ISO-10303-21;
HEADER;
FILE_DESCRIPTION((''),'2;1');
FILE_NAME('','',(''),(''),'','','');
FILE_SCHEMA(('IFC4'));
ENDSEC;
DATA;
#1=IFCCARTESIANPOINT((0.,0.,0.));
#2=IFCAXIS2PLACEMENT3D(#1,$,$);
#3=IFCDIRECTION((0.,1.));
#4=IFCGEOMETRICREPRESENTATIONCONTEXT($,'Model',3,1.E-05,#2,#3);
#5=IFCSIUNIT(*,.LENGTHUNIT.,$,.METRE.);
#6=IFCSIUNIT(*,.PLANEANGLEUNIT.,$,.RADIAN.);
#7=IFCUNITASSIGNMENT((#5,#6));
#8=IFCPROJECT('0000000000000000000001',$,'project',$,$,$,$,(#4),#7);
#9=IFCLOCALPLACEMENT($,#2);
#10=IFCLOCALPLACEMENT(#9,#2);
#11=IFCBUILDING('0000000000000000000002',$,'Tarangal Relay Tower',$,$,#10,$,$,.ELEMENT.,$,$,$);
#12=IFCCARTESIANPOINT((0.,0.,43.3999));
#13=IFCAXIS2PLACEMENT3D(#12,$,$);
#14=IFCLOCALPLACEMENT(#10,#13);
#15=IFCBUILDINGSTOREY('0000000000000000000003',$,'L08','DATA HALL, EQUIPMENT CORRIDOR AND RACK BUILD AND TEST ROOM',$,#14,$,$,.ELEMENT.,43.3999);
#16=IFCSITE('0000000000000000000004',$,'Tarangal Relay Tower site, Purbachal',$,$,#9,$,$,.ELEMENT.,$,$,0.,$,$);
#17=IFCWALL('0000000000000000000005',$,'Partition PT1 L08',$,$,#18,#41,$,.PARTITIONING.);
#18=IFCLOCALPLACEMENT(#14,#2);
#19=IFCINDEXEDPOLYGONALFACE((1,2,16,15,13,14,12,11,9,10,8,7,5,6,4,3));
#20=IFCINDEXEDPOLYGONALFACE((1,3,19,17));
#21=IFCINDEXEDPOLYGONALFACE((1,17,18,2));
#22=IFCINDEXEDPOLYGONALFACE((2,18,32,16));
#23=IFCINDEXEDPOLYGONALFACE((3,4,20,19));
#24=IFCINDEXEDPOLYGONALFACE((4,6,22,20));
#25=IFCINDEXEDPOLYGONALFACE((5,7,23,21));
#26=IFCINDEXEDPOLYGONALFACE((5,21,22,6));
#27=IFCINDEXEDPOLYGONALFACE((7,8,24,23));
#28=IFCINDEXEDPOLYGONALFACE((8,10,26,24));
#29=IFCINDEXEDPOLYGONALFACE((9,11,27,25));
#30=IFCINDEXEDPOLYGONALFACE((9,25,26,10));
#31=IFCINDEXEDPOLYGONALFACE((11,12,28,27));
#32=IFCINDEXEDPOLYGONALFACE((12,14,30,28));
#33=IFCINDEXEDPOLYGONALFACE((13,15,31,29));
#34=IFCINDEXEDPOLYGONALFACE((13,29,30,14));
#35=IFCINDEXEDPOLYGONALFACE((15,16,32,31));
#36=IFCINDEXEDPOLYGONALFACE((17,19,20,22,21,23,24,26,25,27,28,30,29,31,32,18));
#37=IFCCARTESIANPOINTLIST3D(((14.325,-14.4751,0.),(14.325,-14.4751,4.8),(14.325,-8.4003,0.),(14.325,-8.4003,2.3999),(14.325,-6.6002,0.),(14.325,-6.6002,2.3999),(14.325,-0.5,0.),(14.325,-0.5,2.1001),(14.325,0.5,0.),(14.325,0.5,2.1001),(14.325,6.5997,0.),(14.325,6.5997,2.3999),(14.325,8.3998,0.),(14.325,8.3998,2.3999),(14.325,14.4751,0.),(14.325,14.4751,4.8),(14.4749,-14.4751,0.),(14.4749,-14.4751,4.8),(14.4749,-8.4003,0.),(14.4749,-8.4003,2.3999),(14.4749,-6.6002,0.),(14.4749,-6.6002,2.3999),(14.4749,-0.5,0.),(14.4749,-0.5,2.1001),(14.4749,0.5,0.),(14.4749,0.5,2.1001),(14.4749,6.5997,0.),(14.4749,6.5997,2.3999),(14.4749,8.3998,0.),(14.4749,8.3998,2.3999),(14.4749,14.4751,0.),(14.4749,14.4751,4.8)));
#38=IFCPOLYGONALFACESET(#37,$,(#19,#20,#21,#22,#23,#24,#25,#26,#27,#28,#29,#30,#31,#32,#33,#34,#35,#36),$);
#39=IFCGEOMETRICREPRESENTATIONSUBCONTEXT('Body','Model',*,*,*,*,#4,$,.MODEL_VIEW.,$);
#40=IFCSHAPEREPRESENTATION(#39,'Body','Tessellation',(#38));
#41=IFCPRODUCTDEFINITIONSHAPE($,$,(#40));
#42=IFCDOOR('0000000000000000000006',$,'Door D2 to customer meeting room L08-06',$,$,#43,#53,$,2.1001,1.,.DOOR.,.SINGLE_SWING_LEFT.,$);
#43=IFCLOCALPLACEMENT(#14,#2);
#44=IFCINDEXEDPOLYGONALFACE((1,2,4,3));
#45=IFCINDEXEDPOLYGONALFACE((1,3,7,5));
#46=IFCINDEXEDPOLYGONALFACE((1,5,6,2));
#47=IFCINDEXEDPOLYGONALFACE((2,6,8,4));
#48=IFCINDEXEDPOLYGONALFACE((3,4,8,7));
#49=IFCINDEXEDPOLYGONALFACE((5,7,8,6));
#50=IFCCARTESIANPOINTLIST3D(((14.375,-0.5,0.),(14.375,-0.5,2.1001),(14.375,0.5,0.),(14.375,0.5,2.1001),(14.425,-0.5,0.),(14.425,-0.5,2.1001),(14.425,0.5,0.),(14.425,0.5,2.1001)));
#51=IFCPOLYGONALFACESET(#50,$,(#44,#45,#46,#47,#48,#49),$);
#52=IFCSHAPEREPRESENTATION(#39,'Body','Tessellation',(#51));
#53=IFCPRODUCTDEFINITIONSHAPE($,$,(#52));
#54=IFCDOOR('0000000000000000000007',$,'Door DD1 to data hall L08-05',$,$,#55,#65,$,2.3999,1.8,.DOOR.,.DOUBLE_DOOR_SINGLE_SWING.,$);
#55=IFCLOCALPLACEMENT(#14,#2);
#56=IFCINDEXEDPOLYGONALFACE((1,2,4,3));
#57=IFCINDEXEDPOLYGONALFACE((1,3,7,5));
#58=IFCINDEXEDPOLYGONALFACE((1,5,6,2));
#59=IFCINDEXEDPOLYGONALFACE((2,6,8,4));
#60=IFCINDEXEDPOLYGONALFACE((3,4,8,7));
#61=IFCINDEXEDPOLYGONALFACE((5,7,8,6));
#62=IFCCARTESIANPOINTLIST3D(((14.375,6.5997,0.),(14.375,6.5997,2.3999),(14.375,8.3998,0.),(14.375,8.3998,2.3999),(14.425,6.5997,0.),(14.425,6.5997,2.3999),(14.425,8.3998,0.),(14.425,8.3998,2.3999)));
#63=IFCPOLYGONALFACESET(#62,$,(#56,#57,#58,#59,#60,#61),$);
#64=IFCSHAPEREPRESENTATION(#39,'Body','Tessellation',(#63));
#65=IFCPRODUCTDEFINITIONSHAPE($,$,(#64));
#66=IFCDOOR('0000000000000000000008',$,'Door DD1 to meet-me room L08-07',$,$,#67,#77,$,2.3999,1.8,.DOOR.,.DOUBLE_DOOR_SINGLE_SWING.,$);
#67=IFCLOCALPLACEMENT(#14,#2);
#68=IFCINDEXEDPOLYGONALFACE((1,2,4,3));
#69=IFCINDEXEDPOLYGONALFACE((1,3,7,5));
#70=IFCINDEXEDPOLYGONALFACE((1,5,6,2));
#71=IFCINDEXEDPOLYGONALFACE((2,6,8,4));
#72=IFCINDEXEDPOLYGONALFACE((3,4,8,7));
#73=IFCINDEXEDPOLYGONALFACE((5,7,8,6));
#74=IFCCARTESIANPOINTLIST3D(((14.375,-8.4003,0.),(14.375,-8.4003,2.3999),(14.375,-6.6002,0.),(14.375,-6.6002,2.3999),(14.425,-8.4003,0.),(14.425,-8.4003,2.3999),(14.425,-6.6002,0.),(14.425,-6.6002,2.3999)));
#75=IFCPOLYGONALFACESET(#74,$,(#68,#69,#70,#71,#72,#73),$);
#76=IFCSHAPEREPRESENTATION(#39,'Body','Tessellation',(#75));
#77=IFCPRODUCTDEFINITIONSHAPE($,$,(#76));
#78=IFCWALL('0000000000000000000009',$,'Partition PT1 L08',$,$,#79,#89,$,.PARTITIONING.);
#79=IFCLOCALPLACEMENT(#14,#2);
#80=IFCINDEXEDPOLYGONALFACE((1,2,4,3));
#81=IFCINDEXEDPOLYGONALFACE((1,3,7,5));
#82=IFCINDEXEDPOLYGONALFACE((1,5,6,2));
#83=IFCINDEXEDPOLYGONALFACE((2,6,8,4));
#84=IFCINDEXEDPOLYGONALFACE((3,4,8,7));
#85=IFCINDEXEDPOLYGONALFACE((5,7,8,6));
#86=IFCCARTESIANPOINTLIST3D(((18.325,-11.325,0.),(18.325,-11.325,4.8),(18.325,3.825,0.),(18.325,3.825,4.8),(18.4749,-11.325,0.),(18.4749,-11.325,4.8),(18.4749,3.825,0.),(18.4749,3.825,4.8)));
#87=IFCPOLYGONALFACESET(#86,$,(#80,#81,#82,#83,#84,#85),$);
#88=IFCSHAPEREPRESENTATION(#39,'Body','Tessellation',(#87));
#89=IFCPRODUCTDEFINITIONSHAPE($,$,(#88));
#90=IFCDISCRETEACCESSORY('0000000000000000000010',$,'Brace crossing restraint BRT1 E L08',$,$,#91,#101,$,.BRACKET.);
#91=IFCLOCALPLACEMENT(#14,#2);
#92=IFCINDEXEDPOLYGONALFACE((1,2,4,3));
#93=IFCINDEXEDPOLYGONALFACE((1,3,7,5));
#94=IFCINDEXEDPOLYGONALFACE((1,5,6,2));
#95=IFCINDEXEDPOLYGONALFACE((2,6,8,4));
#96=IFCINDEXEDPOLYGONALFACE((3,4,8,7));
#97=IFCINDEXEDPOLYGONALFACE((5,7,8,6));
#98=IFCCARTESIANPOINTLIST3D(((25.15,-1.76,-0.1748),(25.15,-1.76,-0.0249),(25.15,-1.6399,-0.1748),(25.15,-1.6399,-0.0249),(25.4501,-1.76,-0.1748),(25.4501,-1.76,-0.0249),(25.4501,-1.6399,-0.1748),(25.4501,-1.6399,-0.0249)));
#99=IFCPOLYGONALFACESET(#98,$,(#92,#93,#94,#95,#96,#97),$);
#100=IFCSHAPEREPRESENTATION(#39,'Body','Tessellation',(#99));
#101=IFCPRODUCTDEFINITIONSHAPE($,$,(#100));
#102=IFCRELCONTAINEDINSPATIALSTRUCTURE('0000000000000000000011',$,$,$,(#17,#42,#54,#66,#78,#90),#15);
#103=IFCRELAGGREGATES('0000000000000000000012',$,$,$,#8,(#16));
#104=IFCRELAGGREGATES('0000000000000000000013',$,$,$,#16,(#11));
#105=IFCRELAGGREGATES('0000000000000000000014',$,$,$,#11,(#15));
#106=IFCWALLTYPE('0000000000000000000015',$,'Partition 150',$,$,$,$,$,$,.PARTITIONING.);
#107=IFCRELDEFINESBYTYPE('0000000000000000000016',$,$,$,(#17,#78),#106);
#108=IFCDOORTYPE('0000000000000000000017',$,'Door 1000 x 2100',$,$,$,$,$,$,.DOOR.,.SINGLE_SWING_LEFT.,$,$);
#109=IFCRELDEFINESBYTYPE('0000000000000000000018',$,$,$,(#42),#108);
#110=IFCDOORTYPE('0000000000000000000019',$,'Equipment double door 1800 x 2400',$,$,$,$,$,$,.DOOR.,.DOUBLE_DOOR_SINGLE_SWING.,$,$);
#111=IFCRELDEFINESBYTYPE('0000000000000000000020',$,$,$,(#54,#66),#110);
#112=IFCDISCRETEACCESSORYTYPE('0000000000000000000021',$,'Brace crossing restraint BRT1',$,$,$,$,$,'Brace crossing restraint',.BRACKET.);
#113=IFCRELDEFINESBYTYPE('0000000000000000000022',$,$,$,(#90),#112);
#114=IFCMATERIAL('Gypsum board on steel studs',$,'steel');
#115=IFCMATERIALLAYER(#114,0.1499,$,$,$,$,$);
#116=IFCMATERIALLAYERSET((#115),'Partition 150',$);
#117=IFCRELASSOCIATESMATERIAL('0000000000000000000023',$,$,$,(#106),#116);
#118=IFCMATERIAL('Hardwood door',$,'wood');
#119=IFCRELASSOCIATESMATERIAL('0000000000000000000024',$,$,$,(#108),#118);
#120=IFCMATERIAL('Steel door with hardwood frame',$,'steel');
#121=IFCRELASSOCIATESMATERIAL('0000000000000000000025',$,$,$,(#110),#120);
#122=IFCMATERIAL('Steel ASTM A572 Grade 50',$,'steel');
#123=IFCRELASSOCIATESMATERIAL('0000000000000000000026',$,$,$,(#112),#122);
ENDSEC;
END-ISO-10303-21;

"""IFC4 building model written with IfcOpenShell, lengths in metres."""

from ifc_helpers import new_model, si_unit, direction, frame, frame_2d, origin, origin_2d, place, context, subcontext, project, spatial, rectangle, extrude, material, layer, layer_set, type_object, element, fill, save


model = new_model("IFC4")

# Units and contexts
model_context = context("Model", 3, precision=1e-05, world=origin(), true_north=direction((0.0, 1.0)))
body_context = subcontext(model_context, "Body", "Model", "MODEL_VIEW")
ifc_project = project(units=[si_unit("LENGTHUNIT", "METRE"), si_unit("PLANEANGLEUNIT", "RADIAN")], contexts=[model_context])

# Site, building, storey
site_placement = place(None, origin())
site = spatial("IfcSite", under=ifc_project, at=site_placement, Name="Tarangal Relay Tower site, Purbachal", CompositionType="ELEMENT", RefElevation=0.0)
building_placement = place(site_placement, origin())
building = spatial("IfcBuilding", under=site, at=building_placement, Name="Tarangal Relay Tower", CompositionType="ELEMENT")
storey_placement = place(building_placement, frame((0.0, 0.0, 43.3999)))
storey = spatial("IfcBuildingStorey", under=building, at=storey_placement, Name="L08", Description="DATA HALL, EQUIPMENT CORRIDOR AND RACK BUILD AND TEST ROOM", CompositionType="ELEMENT", Elevation=43.3999)

# Shared definitions
ifc_material_1 = material(Name="Steel ASTM A572 Grade 50", Category="steel")

# Shared definitions
ifc_material_2 = material(Name="Hardwood door", Category="wood")

# Shared definitions
ifc_material_3 = material(Name="Steel door with hardwood frame", Category="steel")

# Shared definitions
ifc_material_4 = material(Name="Gypsum board on steel studs", Category="steel")
ifc_layer_1 = layer(ifc_material_4, 0.1499)
ifc_layer_set_1 = layer_set([ifc_layer_1], Name="Partition 150")
wall_type_1 = type_object("IfcWallType", Name="Partition 150", PredefinedType="PARTITIONING", material=ifc_layer_set_1)

# Wall, openings, doors
wall_1_placement = place(storey_placement, frame((14.3999, -14.4751, 0.0), z_axis=(0.0, 0.0, 1.0), x_axis=(0.0, 1.0, 0.0)))
wall_1 = element("IfcWall", 1, at=wall_1_placement, inside=storey, type_object=wall_type_1, Name="Partition PT1 L08", PredefinedType="PARTITIONING", context=body_context, shape_type="SweptSolid", body=[
    extrude(rectangle(XDim=28.9502, YDim=0.1499, at=frame_2d((14.4751, 0.0))), origin(), (0.0, 0.0, 1.0), 4.8),
])
opening_1_placement = place(wall_1_placement, frame((21.075, 0.0, 0.0)))
opening_1 = element("IfcOpeningElement", 2, at=opening_1_placement, cuts=wall_1, PredefinedType="OPENING", context=body_context, shape_type="SweptSolid", body=[
    extrude(rectangle(XDim=1.8, YDim=2.3999, at=frame_2d((0.8999, 1.2))), frame((0.0, 0.085, 0.0), z_axis=(0.0, -1.0, 0.0), x_axis=(1.0, 0.0, 0.0)), (0.0, 0.0, 1.0), 0.1699),
])
opening_2_placement = place(wall_1_placement, frame((13.9751, 0.0, 0.0)))
opening_2 = element("IfcOpeningElement", 3, at=opening_2_placement, cuts=wall_1, PredefinedType="OPENING", context=body_context, shape_type="SweptSolid", body=[
    extrude(rectangle(XDim=1.0, YDim=2.1001, at=frame_2d((0.5, 1.05))), frame((0.0, 0.085, 0.0), z_axis=(0.0, -1.0, 0.0), x_axis=(1.0, 0.0, 0.0)), (0.0, 0.0, 1.0), 0.1699),
])
opening_3_placement = place(wall_1_placement, frame((6.075, 0.0, 0.0)))
opening_3 = element("IfcOpeningElement", 4, at=opening_3_placement, cuts=wall_1, PredefinedType="OPENING", context=body_context, shape_type="SweptSolid", body=[
    extrude(rectangle(XDim=1.8, YDim=2.3999, at=frame_2d((0.8999, 1.2))), frame((0.0, 0.085, 0.0), z_axis=(0.0, -1.0, 0.0), x_axis=(1.0, 0.0, 0.0)), (0.0, 0.0, 1.0), 0.1699),
])
door_type_1 = type_object("IfcDoorType", Name="Door 1000 x 2100", OperationType="SINGLE_SWING_LEFT", PredefinedType="DOOR", material=ifc_material_2)
door_1_placement = place(opening_2_placement, origin())
door_1 = element("IfcDoor", 5, at=door_1_placement, inside=storey, type_object=door_type_1, Name="Door D2 to customer meeting room L08-06", OperationType="SINGLE_SWING_LEFT", OverallHeight=2.1001, OverallWidth=1.0, PredefinedType="DOOR", context=body_context, shape_type="SweptSolid", body=[
    extrude(rectangle(XDim=1.0, YDim=2.1001, at=frame_2d((0.5, 1.05))), frame((0.0, 0.0249, 0.0), z_axis=(0.0, -1.0, 0.0), x_axis=(1.0, 0.0, 0.0)), (0.0, 0.0, 1.0), 0.05),
])
fill(opening_2, door_1)
door_type_2 = type_object("IfcDoorType", Name="Equipment double door 1800 x 2400", OperationType="DOUBLE_DOOR_SINGLE_SWING", PredefinedType="DOOR", material=ifc_material_3)
door_2_placement = place(opening_1_placement, origin())
door_2 = element("IfcDoor", 6, at=door_2_placement, inside=storey, type_object=door_type_2, Name="Door DD1 to data hall L08-05", OperationType="DOUBLE_DOOR_SINGLE_SWING", OverallHeight=2.3999, OverallWidth=1.8, PredefinedType="DOOR", context=body_context, shape_type="SweptSolid", body=[
    extrude(rectangle(XDim=1.8, YDim=2.3999, at=frame_2d((0.8999, 1.2))), frame((0.0, 0.0249, 0.0), z_axis=(0.0, -1.0, 0.0), x_axis=(1.0, 0.0, 0.0)), (0.0, 0.0, 1.0), 0.05),
])
fill(opening_1, door_2)
door_3_placement = place(opening_3_placement, origin())
door_3 = element("IfcDoor", 7, at=door_3_placement, inside=storey, type_object=door_type_2, Name="Door DD1 to meet-me room L08-07", OperationType="DOUBLE_DOOR_SINGLE_SWING", OverallHeight=2.3999, OverallWidth=1.8, PredefinedType="DOOR", context=body_context, shape_type="SweptSolid", body=[
    extrude(rectangle(XDim=1.8, YDim=2.3999, at=frame_2d((0.8999, 1.2))), frame((0.0, 0.0249, 0.0), z_axis=(0.0, -1.0, 0.0), x_axis=(1.0, 0.0, 0.0)), (0.0, 0.0, 1.0), 0.05),
])
fill(opening_3, door_3)

# Wall
wall_2_placement = place(storey_placement, frame((18.3999, -11.325, 0.0), z_axis=(0.0, 0.0, 1.0), x_axis=(0.0, 1.0, 0.0)))
element("IfcWall", 8, at=wall_2_placement, inside=storey, type_object=wall_type_1, Name="Partition PT1 L08", PredefinedType="PARTITIONING", context=body_context, shape_type="SweptSolid", body=[
    extrude(rectangle(XDim=15.1499, YDim=0.1499, at=frame_2d((7.575, 0.0))), origin(), (0.0, 0.0, 1.0), 4.8),
])

# Discrete accessory
discrete_accessory_type = type_object("IfcDiscreteAccessoryType", Name="Brace crossing restraint BRT1", ElementType="Brace crossing restraint", PredefinedType="BRACKET", material=ifc_material_1)
discrete_accessory_placement = place(storey_placement, frame((25.3, -1.7, -0.1748), z_axis=(0.0, 0.0, 1.0), x_axis=(1.0, 0.0, 0.0)))
element("IfcDiscreteAccessory", 9, at=discrete_accessory_placement, inside=storey, type_object=discrete_accessory_type, Name="Brace crossing restraint BRT1 E L08", PredefinedType="BRACKET", context=body_context, shape_type="SweptSolid", body=[
    extrude(rectangle(XDim=0.3, YDim=0.1201, at=origin_2d()), origin(), (0.0, 0.0, 1.0), 0.1499),
])

save(model, "model.ifc")
